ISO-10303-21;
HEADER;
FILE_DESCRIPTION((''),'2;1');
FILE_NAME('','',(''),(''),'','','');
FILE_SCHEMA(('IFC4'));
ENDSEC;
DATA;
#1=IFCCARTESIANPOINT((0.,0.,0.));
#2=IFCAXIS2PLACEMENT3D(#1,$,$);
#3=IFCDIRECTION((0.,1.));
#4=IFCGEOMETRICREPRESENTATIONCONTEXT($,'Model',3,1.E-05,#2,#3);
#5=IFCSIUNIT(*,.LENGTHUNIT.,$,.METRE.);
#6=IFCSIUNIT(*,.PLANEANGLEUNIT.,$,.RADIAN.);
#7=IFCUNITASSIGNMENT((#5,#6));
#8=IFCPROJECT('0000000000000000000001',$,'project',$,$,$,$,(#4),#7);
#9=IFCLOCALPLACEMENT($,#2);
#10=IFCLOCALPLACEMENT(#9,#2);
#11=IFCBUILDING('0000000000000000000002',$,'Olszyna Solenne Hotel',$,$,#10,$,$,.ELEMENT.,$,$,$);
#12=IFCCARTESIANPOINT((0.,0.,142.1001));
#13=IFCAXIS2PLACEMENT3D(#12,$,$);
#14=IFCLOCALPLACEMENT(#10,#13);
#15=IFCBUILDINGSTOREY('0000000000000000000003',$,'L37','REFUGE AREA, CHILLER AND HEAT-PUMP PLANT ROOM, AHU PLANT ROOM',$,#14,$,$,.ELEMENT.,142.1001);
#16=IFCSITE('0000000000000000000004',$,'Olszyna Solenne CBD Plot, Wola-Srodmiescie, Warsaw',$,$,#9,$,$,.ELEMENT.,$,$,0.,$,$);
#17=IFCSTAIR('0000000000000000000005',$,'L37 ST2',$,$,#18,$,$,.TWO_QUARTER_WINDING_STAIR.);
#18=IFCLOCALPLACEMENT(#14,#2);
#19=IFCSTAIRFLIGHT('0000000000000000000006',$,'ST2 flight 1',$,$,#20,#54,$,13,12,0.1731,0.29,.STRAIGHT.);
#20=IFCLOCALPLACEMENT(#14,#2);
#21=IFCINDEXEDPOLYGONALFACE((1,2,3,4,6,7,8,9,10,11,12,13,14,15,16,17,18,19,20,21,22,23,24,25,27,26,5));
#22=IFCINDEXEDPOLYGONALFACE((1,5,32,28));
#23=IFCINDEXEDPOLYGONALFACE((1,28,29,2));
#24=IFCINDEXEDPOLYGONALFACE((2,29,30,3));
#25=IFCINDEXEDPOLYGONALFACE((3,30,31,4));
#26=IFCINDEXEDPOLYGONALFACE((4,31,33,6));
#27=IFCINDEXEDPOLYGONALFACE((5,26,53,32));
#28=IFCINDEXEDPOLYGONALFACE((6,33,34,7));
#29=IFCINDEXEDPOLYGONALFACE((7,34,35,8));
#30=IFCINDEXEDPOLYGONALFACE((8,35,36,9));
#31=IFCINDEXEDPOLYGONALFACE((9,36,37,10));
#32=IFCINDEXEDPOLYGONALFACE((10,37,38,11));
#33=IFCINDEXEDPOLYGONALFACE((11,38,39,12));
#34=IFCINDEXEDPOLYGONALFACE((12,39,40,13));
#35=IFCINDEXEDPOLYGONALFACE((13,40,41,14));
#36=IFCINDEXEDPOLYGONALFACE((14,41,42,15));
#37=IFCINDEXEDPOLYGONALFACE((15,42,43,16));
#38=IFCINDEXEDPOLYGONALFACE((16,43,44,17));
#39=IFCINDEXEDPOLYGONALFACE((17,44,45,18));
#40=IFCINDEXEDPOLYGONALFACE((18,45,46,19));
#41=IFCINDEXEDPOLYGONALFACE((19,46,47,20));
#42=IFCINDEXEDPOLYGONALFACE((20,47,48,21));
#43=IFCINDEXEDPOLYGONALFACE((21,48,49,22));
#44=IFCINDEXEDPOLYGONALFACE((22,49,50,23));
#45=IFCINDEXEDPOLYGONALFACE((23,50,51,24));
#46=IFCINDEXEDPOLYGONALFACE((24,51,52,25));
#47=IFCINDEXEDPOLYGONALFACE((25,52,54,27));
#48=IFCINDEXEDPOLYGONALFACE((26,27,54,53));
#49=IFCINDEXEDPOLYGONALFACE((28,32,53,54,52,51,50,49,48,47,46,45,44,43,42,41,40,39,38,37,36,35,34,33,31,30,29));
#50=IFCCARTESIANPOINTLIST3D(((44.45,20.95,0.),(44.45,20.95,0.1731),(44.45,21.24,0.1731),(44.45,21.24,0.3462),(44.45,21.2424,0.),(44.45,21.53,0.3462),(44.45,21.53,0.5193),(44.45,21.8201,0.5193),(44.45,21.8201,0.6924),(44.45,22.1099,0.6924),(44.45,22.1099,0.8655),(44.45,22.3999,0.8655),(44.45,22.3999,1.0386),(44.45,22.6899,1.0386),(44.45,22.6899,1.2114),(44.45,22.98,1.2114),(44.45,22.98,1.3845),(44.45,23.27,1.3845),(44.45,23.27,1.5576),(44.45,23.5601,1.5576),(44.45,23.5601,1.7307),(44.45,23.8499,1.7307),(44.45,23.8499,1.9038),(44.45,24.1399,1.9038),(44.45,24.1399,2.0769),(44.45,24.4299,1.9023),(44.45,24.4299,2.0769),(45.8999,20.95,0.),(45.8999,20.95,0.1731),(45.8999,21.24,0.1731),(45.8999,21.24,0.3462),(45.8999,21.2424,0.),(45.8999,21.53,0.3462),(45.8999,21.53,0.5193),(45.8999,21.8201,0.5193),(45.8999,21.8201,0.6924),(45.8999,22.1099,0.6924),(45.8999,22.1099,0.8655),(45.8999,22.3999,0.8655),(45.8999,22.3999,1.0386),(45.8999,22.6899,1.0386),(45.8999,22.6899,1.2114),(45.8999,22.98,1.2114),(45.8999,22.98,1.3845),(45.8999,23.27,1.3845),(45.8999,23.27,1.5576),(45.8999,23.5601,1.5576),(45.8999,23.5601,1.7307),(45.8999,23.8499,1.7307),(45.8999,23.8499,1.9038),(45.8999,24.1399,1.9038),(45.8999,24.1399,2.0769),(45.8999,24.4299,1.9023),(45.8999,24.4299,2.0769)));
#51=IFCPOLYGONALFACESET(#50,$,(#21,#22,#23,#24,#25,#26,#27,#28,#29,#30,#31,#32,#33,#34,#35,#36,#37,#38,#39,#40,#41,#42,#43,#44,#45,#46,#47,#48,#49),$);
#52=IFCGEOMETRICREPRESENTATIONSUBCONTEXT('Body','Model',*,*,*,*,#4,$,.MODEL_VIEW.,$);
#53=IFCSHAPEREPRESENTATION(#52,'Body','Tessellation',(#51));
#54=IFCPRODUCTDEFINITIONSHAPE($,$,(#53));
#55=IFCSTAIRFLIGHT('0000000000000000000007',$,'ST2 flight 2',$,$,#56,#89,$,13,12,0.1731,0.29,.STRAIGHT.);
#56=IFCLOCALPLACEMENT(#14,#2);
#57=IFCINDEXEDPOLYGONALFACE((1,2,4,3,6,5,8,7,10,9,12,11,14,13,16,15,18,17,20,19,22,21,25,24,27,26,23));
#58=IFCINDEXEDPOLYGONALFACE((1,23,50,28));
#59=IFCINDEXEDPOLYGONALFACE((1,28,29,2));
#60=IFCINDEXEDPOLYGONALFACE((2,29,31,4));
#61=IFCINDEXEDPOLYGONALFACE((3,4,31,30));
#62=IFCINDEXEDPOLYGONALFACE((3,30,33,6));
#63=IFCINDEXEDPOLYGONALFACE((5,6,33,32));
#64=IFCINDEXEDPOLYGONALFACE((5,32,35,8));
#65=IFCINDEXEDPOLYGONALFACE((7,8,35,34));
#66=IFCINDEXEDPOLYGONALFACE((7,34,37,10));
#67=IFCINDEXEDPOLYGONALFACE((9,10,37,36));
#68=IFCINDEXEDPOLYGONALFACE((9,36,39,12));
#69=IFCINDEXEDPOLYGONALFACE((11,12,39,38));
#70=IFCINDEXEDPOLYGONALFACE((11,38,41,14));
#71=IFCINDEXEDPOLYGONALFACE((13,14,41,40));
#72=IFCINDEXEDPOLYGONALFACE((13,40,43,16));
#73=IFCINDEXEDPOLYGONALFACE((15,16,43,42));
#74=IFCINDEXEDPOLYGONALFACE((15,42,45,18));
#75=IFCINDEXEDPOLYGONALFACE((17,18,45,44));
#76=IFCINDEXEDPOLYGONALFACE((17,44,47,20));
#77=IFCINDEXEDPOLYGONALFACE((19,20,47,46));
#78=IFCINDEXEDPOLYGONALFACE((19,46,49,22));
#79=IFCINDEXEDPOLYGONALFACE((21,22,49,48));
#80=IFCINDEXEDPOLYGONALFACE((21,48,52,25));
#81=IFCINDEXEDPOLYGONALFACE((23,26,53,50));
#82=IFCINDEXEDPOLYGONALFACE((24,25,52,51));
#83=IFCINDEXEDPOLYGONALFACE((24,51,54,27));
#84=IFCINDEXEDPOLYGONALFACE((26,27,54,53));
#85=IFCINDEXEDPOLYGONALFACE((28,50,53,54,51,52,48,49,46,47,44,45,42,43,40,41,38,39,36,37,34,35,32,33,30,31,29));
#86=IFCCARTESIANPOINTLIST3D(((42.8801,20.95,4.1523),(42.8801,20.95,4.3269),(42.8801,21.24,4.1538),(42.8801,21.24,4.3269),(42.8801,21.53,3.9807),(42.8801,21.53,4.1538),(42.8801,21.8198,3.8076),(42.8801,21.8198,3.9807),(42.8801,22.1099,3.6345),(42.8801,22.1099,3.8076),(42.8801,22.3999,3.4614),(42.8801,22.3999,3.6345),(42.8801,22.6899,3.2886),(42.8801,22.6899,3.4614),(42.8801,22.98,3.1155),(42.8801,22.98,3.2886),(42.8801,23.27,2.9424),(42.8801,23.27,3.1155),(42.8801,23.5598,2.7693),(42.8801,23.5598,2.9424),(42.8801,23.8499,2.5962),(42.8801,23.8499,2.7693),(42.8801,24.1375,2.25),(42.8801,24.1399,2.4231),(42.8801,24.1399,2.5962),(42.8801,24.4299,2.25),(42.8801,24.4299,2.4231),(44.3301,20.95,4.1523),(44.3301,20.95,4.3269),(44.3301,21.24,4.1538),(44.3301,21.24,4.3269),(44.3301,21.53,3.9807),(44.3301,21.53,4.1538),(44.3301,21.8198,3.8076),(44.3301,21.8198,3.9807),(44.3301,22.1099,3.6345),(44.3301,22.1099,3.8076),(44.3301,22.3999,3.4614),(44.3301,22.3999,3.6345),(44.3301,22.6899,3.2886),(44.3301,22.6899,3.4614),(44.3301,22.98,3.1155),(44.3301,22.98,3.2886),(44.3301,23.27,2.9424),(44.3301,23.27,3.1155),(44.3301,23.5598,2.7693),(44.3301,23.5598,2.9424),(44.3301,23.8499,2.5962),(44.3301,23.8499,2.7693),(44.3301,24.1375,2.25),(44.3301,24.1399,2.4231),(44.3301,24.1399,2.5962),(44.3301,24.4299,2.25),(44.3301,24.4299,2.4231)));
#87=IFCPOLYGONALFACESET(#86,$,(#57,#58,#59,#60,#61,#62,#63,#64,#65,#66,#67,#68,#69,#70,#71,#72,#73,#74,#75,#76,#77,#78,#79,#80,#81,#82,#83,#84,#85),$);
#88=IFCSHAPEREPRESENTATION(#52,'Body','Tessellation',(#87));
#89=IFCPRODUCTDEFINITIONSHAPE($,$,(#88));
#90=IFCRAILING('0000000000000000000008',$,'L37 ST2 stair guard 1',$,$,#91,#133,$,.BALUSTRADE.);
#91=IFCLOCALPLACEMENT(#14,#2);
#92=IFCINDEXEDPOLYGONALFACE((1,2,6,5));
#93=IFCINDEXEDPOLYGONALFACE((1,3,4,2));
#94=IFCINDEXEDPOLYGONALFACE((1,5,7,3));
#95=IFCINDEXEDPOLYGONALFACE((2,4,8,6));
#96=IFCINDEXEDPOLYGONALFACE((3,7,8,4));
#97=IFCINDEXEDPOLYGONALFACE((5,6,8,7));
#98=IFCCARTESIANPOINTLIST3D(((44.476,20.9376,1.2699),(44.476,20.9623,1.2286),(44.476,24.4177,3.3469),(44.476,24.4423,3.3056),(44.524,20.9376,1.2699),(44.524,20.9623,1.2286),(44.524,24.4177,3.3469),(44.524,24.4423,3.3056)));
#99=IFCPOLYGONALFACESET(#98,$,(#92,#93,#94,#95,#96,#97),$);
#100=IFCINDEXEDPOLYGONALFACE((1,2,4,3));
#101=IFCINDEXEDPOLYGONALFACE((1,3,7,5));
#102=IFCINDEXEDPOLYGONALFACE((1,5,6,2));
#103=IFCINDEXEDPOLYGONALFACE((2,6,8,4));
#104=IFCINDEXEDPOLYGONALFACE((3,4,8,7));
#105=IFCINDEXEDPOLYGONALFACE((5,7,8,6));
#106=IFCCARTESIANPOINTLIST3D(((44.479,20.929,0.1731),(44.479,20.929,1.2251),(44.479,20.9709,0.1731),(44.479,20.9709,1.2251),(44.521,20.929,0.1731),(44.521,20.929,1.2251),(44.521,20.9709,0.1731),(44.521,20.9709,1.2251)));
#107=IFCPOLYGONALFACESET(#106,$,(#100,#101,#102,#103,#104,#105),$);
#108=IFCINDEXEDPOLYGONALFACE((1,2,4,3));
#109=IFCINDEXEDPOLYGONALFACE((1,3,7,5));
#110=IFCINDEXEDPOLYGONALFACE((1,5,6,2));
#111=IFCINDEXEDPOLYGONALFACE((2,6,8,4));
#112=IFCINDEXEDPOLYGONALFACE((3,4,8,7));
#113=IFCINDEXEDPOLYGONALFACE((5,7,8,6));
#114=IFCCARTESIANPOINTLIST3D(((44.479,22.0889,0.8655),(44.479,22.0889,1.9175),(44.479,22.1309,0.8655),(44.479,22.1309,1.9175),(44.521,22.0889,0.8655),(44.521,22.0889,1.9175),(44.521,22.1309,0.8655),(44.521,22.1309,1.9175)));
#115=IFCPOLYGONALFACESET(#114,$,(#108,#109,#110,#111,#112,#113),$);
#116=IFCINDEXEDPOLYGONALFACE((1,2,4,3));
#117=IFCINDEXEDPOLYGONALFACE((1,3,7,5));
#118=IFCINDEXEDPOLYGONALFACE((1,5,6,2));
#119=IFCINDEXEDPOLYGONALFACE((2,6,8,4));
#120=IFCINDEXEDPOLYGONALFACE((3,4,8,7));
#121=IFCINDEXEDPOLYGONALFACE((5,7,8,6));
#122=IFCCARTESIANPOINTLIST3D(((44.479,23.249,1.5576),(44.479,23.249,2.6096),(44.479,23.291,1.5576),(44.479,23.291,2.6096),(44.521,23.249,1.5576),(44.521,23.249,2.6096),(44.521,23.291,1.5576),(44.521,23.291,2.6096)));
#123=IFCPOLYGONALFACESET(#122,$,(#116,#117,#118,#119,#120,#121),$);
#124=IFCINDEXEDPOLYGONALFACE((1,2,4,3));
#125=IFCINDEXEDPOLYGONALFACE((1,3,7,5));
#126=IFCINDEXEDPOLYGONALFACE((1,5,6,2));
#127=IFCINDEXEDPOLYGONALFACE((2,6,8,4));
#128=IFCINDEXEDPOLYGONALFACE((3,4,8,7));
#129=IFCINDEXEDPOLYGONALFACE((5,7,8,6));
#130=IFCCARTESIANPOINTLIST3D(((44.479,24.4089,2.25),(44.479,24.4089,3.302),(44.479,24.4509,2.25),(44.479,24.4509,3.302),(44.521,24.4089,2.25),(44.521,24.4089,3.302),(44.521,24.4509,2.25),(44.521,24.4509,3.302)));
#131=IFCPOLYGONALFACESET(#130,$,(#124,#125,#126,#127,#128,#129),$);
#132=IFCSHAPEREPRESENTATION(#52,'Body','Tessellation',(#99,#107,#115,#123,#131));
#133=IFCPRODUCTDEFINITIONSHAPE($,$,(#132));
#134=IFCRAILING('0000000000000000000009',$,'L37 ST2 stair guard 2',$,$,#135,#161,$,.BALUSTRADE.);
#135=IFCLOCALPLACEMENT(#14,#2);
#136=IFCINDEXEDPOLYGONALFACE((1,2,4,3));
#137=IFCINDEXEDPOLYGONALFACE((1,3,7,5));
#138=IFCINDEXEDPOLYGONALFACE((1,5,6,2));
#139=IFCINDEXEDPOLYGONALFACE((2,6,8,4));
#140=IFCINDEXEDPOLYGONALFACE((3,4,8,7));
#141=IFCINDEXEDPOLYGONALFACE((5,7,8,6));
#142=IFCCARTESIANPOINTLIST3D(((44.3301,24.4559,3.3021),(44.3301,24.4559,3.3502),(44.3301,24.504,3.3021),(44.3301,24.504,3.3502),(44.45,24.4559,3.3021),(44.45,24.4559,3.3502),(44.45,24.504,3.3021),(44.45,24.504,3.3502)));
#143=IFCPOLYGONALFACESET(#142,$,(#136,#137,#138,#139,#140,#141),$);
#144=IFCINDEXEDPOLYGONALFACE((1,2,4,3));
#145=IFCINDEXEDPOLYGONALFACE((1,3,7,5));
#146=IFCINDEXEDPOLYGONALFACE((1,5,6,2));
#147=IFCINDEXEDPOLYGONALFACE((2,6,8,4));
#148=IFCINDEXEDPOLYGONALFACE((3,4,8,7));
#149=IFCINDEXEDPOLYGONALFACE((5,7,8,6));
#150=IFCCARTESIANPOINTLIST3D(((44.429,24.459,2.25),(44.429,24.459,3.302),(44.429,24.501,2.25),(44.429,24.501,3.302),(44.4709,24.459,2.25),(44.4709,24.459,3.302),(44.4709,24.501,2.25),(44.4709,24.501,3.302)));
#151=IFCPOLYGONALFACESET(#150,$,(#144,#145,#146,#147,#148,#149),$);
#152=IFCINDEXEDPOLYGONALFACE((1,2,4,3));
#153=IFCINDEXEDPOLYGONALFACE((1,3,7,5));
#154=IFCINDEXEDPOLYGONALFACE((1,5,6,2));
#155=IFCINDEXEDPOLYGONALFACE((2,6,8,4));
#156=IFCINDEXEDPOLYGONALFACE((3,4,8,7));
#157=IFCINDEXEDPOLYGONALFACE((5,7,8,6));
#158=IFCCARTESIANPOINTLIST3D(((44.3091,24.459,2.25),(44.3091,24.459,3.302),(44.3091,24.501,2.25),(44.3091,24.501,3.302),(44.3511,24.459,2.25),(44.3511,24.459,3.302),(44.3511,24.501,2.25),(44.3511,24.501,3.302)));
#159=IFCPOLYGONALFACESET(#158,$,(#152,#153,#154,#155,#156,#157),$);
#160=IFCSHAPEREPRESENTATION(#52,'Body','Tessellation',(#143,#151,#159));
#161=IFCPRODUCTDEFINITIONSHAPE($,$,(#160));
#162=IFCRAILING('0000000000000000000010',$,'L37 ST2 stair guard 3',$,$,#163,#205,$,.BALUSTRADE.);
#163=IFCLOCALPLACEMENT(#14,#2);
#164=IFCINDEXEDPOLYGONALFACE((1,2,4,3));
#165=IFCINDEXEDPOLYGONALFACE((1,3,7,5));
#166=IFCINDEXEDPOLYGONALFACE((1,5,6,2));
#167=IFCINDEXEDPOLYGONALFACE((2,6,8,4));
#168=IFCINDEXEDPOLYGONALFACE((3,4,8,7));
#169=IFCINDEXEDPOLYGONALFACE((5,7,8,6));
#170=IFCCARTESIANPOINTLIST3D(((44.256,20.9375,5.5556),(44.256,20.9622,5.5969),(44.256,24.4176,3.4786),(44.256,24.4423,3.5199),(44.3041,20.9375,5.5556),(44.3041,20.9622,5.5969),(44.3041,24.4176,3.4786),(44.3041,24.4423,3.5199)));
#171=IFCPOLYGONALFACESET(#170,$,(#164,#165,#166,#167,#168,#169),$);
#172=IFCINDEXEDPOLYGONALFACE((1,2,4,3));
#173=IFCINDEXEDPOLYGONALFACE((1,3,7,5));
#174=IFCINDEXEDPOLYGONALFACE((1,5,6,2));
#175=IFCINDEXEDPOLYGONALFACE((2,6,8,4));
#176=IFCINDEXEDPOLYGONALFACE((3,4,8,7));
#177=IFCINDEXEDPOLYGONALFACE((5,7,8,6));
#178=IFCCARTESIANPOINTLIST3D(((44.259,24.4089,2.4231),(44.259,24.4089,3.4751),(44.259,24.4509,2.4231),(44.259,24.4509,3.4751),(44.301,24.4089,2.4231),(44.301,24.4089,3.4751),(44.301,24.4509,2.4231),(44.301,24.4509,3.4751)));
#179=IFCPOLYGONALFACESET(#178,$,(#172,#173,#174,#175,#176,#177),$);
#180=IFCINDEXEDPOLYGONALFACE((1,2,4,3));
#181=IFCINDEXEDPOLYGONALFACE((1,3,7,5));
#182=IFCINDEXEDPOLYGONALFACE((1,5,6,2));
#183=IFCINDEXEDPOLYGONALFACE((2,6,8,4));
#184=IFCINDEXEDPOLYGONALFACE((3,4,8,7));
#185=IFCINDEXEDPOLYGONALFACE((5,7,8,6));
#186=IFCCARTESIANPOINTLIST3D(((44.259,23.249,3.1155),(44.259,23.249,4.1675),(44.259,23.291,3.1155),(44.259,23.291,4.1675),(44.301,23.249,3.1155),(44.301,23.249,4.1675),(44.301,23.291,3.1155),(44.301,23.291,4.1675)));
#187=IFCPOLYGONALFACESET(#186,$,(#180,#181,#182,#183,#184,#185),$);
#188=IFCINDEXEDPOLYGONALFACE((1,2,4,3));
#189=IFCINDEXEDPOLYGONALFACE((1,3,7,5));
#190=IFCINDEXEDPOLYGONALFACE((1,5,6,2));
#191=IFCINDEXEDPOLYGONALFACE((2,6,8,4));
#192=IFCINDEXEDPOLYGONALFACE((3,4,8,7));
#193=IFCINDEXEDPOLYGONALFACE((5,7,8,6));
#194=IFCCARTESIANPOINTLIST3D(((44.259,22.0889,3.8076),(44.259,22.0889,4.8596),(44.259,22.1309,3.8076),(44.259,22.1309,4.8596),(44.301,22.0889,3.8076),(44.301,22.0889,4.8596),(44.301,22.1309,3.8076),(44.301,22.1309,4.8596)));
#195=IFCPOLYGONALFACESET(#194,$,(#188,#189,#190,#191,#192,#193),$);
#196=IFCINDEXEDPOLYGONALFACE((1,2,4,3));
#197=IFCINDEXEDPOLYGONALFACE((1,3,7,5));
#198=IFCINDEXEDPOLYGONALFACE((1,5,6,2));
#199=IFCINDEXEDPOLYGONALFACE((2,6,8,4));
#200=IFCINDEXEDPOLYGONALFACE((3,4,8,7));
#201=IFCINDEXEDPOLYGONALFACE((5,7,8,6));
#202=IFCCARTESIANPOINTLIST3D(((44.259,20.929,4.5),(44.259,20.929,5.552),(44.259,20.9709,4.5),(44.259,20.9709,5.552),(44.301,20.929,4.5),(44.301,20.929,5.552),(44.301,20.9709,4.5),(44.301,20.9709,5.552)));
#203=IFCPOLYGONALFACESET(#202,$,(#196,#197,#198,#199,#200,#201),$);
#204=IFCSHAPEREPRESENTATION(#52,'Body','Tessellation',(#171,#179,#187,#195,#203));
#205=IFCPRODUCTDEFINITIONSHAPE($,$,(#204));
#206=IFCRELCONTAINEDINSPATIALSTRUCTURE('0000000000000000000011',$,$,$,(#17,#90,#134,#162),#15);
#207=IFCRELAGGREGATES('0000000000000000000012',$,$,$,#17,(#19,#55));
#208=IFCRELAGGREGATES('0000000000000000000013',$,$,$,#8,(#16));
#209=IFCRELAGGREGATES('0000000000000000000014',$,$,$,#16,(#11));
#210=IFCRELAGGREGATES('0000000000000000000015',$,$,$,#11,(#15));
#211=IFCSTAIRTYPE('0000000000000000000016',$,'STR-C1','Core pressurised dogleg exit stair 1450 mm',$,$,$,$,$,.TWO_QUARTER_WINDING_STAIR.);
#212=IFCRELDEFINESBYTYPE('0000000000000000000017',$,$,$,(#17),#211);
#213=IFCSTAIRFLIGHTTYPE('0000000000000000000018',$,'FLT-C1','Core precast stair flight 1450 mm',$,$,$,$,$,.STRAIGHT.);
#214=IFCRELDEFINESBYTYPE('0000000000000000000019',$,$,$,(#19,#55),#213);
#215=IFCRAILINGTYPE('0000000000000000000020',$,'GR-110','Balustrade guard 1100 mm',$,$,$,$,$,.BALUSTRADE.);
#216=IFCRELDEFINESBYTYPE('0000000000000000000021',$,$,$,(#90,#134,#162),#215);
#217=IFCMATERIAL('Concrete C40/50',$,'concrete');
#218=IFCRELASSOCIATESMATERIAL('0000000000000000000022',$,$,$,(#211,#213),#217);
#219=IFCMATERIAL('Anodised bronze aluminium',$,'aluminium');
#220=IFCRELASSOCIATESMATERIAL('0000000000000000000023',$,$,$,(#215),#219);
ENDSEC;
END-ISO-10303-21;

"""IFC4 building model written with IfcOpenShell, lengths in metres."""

from ifc_helpers import new_model, si_unit, direction, frame, origin, origin_2d, place, context, subcontext, project, spatial, polyline, rectangle, outline, extrude, material, type_object, element, aggregate, save


model = new_model("IFC4")

# Units and contexts
model_context = context("Model", 3, precision=1e-05, world=origin(), true_north=direction((0.0, 1.0)))
body_context = subcontext(model_context, "Body", "Model", "MODEL_VIEW")
ifc_project = project(units=[si_unit("LENGTHUNIT", "METRE"), si_unit("PLANEANGLEUNIT", "RADIAN")], contexts=[model_context])

# Site, building, storey
site_placement = place(None, origin())
site = spatial("IfcSite", under=ifc_project, at=site_placement, Name="Olszyna Solenne CBD Plot, Wola-Srodmiescie, Warsaw", CompositionType="ELEMENT", RefElevation=0.0)
building_placement = place(site_placement, origin())
building = spatial("IfcBuilding", under=site, at=building_placement, Name="Olszyna Solenne Hotel", CompositionType="ELEMENT")
storey_placement = place(building_placement, frame((0.0, 0.0, 142.1001)))
storey = spatial("IfcBuildingStorey", under=building, at=storey_placement, Name="L37", Description="REFUGE AREA, CHILLER AND HEAT-PUMP PLANT ROOM, AHU PLANT ROOM", CompositionType="ELEMENT", Elevation=142.1001)

# Stair, stair flights
ifc_material_1 = material(Name="Concrete C40/50", Category="concrete")
stair_type = type_object("IfcStairType", Name="STR-C1", Description="Core pressurised dogleg exit stair 1450 mm", PredefinedType="TWO_QUARTER_WINDING_STAIR", material=ifc_material_1)
stair_placement = place(storey_placement, origin())
stair = element("IfcStair", 1, at=stair_placement, inside=storey, type_object=stair_type, Name="L37 ST2", PredefinedType="TWO_QUARTER_WINDING_STAIR")
stair_flight_type = type_object("IfcStairFlightType", Name="FLT-C1", Description="Core precast stair flight 1450 mm", PredefinedType="STRAIGHT", material=ifc_material_1)
stair_flight_1_placement = place(storey_placement, frame((45.175, 20.95, 0.0), z_axis=(0.0, 0.0, 1.0), x_axis=(0.0, 1.0, 0.0)))
stair_flight_1 = element("IfcStairFlight", 2, at=stair_flight_1_placement, type_object=stair_flight_type, Name="ST2 flight 1", NumberOfRisers=13, NumberOfTreads=12, PredefinedType="STRAIGHT", RiserHeight=0.1731, TreadLength=0.29, context=body_context, shape_type="SweptSolid", body=[
    extrude(outline(polyline([(0.0, 0.0), (0.0, 0.1731), (0.29, 0.1731), (0.29, 0.3462), (0.5801, 0.3462), (0.5801, 0.5193), (0.8701, 0.5193), (0.8701, 0.6924), (1.1599, 0.6924), (1.1599, 0.8655), (1.45, 0.8655), (1.45, 1.0386), (1.74, 1.0386), (1.74, 1.2114), (2.03, 1.2114), (2.03, 1.3845), (2.3201, 1.3845), (2.3201, 1.5576), (2.6101, 1.5576), (2.6101, 1.7307), (2.8999, 1.7307), (2.8999, 1.9038), (3.1899, 1.9038), (3.1899, 2.0769), (3.48, 2.0769), (3.48, 2.25), (3.48, 1.9023), (0.2925, 0.0), (0.0, 0.0)])), frame((0.0, 0.7251, 0.0), z_axis=(0.0, -1.0, 0.0), x_axis=(1.0, 0.0, 0.0)), (0.0, 0.0, 1.0), 1.45),
])
stair_flight_2_placement = place(storey_placement, frame((43.605, 24.4299, 2.25), z_axis=(0.0, 0.0, 1.0), x_axis=(0.0, -1.0, 0.0)))
stair_flight_2 = element("IfcStairFlight", 3, at=stair_flight_2_placement, type_object=stair_flight_type, Name="ST2 flight 2", NumberOfRisers=13, NumberOfTreads=12, PredefinedType="STRAIGHT", RiserHeight=0.1731, TreadLength=0.29, context=body_context, shape_type="SweptSolid", body=[
    extrude(outline(polyline([(0.0, 0.0), (0.0, 0.1731), (0.29, 0.1731), (0.29, 0.3462), (0.5801, 0.3462), (0.5801, 0.5193), (0.8701, 0.5193), (0.8701, 0.6924), (1.1599, 0.6924), (1.1599, 0.8655), (1.45, 0.8655), (1.45, 1.0386), (1.74, 1.0386), (1.74, 1.2114), (2.03, 1.2114), (2.03, 1.3845), (2.3201, 1.3845), (2.3201, 1.5576), (2.6101, 1.5576), (2.6101, 1.7307), (2.8999, 1.7307), (2.8999, 1.9038), (3.1899, 1.9038), (3.1899, 2.0769), (3.48, 2.0769), (3.48, 2.25), (3.48, 1.9023), (0.2925, 0.0), (0.0, 0.0)])), frame((0.0, 0.7251, 0.0), z_axis=(0.0, -1.0, 0.0), x_axis=(1.0, 0.0, 0.0)), (0.0, 0.0, 1.0), 1.45),
])
aggregate(stair, [stair_flight_1, stair_flight_2])

# Railings
ifc_material_2 = material(Name="Anodised bronze aluminium", Category="aluminium")
railing_type_1 = type_object("IfcRailingType", Name="GR-110", Description="Balustrade guard 1100 mm", PredefinedType="BALUSTRADE", material=ifc_material_2)
railing_1_placement = place(storey_placement, frame((44.5, 20.95, 0.1731)))
element("IfcRailing", 4, at=railing_1_placement, inside=storey, type_object=railing_type_1, Name="L37 ST2 stair guard 1", PredefinedType="BALUSTRADE", context=body_context, shape_type="SweptSolid", body=[
    extrude(rectangle(XDim=0.0481, YDim=0.0481, at=origin_2d()), frame((0.0, 0.0, 1.0762), z_axis=(0.0, 0.858697, 0.512483), x_axis=(-1.0, 0.0, 0.0)), (0.0, 0.0, 1.0), 4.0527),
    extrude(rectangle(XDim=0.042, YDim=0.042, at=origin_2d()), origin(), (0.0, 0.0, 1.0), 1.052),
    extrude(rectangle(XDim=0.042, YDim=0.042, at=origin_2d()), frame((0.0, 1.1599, 0.6924)), (0.0, 0.0, 1.0), 1.052),
    extrude(rectangle(XDim=0.042, YDim=0.042, at=origin_2d()), frame((0.0, 2.3201, 1.3845)), (0.0, 0.0, 1.0), 1.052),
    extrude(rectangle(XDim=0.042, YDim=0.042, at=origin_2d()), frame((0.0, 3.48, 2.0769)), (0.0, 0.0, 1.0), 1.052),
])
railing_2_placement = place(storey_placement, frame((44.45, 24.48, 2.25)))
element("IfcRailing", 5, at=railing_2_placement, inside=storey, type_object=railing_type_1, Name="L37 ST2 stair guard 2", PredefinedType="BALUSTRADE", context=body_context, shape_type="SweptSolid", body=[
    extrude(rectangle(XDim=0.0481, YDim=0.0481, at=origin_2d()), frame((0.0, 0.0, 1.0762), z_axis=(-1.0, 0.0, 0.0), x_axis=(0.0, -1.0, 0.0)), (0.0, 0.0, 1.0), 0.1199),
    extrude(rectangle(XDim=0.042, YDim=0.042, at=origin_2d()), origin(), (0.0, 0.0, 1.0), 1.052),
    extrude(rectangle(XDim=0.042, YDim=0.042, at=origin_2d()), frame((-0.1199, 0.0, 0.0)), (0.0, 0.0, 1.0), 1.052),
])
railing_3_placement = place(storey_placement, frame((44.28, 24.4299, 2.4231)))
element("IfcRailing", 6, at=railing_3_placement, inside=storey, type_object=railing_type_1, Name="L37 ST2 stair guard 3", PredefinedType="BALUSTRADE", context=body_context, shape_type="SweptSolid", body=[
    extrude(rectangle(XDim=0.0481, YDim=0.0481, at=origin_2d()), frame((0.0, 0.0, 1.0762), z_axis=(0.0, -0.858697, 0.512483), x_axis=(1.0, 0.0, 0.0)), (0.0, 0.0, 1.0), 4.0527),
    extrude(rectangle(XDim=0.042, YDim=0.042, at=origin_2d()), origin(), (0.0, 0.0, 1.0), 1.052),
    extrude(rectangle(XDim=0.042, YDim=0.042, at=origin_2d()), frame((0.0, -1.1599, 0.6924)), (0.0, 0.0, 1.0), 1.052),
    extrude(rectangle(XDim=0.042, YDim=0.042, at=origin_2d()), frame((0.0, -2.3201, 1.3845)), (0.0, 0.0, 1.0), 1.052),
    extrude(rectangle(XDim=0.042, YDim=0.042, at=origin_2d()), frame((0.0, -3.48, 2.0769)), (0.0, 0.0, 1.0), 1.052),
])

save(model, "model.ifc")
